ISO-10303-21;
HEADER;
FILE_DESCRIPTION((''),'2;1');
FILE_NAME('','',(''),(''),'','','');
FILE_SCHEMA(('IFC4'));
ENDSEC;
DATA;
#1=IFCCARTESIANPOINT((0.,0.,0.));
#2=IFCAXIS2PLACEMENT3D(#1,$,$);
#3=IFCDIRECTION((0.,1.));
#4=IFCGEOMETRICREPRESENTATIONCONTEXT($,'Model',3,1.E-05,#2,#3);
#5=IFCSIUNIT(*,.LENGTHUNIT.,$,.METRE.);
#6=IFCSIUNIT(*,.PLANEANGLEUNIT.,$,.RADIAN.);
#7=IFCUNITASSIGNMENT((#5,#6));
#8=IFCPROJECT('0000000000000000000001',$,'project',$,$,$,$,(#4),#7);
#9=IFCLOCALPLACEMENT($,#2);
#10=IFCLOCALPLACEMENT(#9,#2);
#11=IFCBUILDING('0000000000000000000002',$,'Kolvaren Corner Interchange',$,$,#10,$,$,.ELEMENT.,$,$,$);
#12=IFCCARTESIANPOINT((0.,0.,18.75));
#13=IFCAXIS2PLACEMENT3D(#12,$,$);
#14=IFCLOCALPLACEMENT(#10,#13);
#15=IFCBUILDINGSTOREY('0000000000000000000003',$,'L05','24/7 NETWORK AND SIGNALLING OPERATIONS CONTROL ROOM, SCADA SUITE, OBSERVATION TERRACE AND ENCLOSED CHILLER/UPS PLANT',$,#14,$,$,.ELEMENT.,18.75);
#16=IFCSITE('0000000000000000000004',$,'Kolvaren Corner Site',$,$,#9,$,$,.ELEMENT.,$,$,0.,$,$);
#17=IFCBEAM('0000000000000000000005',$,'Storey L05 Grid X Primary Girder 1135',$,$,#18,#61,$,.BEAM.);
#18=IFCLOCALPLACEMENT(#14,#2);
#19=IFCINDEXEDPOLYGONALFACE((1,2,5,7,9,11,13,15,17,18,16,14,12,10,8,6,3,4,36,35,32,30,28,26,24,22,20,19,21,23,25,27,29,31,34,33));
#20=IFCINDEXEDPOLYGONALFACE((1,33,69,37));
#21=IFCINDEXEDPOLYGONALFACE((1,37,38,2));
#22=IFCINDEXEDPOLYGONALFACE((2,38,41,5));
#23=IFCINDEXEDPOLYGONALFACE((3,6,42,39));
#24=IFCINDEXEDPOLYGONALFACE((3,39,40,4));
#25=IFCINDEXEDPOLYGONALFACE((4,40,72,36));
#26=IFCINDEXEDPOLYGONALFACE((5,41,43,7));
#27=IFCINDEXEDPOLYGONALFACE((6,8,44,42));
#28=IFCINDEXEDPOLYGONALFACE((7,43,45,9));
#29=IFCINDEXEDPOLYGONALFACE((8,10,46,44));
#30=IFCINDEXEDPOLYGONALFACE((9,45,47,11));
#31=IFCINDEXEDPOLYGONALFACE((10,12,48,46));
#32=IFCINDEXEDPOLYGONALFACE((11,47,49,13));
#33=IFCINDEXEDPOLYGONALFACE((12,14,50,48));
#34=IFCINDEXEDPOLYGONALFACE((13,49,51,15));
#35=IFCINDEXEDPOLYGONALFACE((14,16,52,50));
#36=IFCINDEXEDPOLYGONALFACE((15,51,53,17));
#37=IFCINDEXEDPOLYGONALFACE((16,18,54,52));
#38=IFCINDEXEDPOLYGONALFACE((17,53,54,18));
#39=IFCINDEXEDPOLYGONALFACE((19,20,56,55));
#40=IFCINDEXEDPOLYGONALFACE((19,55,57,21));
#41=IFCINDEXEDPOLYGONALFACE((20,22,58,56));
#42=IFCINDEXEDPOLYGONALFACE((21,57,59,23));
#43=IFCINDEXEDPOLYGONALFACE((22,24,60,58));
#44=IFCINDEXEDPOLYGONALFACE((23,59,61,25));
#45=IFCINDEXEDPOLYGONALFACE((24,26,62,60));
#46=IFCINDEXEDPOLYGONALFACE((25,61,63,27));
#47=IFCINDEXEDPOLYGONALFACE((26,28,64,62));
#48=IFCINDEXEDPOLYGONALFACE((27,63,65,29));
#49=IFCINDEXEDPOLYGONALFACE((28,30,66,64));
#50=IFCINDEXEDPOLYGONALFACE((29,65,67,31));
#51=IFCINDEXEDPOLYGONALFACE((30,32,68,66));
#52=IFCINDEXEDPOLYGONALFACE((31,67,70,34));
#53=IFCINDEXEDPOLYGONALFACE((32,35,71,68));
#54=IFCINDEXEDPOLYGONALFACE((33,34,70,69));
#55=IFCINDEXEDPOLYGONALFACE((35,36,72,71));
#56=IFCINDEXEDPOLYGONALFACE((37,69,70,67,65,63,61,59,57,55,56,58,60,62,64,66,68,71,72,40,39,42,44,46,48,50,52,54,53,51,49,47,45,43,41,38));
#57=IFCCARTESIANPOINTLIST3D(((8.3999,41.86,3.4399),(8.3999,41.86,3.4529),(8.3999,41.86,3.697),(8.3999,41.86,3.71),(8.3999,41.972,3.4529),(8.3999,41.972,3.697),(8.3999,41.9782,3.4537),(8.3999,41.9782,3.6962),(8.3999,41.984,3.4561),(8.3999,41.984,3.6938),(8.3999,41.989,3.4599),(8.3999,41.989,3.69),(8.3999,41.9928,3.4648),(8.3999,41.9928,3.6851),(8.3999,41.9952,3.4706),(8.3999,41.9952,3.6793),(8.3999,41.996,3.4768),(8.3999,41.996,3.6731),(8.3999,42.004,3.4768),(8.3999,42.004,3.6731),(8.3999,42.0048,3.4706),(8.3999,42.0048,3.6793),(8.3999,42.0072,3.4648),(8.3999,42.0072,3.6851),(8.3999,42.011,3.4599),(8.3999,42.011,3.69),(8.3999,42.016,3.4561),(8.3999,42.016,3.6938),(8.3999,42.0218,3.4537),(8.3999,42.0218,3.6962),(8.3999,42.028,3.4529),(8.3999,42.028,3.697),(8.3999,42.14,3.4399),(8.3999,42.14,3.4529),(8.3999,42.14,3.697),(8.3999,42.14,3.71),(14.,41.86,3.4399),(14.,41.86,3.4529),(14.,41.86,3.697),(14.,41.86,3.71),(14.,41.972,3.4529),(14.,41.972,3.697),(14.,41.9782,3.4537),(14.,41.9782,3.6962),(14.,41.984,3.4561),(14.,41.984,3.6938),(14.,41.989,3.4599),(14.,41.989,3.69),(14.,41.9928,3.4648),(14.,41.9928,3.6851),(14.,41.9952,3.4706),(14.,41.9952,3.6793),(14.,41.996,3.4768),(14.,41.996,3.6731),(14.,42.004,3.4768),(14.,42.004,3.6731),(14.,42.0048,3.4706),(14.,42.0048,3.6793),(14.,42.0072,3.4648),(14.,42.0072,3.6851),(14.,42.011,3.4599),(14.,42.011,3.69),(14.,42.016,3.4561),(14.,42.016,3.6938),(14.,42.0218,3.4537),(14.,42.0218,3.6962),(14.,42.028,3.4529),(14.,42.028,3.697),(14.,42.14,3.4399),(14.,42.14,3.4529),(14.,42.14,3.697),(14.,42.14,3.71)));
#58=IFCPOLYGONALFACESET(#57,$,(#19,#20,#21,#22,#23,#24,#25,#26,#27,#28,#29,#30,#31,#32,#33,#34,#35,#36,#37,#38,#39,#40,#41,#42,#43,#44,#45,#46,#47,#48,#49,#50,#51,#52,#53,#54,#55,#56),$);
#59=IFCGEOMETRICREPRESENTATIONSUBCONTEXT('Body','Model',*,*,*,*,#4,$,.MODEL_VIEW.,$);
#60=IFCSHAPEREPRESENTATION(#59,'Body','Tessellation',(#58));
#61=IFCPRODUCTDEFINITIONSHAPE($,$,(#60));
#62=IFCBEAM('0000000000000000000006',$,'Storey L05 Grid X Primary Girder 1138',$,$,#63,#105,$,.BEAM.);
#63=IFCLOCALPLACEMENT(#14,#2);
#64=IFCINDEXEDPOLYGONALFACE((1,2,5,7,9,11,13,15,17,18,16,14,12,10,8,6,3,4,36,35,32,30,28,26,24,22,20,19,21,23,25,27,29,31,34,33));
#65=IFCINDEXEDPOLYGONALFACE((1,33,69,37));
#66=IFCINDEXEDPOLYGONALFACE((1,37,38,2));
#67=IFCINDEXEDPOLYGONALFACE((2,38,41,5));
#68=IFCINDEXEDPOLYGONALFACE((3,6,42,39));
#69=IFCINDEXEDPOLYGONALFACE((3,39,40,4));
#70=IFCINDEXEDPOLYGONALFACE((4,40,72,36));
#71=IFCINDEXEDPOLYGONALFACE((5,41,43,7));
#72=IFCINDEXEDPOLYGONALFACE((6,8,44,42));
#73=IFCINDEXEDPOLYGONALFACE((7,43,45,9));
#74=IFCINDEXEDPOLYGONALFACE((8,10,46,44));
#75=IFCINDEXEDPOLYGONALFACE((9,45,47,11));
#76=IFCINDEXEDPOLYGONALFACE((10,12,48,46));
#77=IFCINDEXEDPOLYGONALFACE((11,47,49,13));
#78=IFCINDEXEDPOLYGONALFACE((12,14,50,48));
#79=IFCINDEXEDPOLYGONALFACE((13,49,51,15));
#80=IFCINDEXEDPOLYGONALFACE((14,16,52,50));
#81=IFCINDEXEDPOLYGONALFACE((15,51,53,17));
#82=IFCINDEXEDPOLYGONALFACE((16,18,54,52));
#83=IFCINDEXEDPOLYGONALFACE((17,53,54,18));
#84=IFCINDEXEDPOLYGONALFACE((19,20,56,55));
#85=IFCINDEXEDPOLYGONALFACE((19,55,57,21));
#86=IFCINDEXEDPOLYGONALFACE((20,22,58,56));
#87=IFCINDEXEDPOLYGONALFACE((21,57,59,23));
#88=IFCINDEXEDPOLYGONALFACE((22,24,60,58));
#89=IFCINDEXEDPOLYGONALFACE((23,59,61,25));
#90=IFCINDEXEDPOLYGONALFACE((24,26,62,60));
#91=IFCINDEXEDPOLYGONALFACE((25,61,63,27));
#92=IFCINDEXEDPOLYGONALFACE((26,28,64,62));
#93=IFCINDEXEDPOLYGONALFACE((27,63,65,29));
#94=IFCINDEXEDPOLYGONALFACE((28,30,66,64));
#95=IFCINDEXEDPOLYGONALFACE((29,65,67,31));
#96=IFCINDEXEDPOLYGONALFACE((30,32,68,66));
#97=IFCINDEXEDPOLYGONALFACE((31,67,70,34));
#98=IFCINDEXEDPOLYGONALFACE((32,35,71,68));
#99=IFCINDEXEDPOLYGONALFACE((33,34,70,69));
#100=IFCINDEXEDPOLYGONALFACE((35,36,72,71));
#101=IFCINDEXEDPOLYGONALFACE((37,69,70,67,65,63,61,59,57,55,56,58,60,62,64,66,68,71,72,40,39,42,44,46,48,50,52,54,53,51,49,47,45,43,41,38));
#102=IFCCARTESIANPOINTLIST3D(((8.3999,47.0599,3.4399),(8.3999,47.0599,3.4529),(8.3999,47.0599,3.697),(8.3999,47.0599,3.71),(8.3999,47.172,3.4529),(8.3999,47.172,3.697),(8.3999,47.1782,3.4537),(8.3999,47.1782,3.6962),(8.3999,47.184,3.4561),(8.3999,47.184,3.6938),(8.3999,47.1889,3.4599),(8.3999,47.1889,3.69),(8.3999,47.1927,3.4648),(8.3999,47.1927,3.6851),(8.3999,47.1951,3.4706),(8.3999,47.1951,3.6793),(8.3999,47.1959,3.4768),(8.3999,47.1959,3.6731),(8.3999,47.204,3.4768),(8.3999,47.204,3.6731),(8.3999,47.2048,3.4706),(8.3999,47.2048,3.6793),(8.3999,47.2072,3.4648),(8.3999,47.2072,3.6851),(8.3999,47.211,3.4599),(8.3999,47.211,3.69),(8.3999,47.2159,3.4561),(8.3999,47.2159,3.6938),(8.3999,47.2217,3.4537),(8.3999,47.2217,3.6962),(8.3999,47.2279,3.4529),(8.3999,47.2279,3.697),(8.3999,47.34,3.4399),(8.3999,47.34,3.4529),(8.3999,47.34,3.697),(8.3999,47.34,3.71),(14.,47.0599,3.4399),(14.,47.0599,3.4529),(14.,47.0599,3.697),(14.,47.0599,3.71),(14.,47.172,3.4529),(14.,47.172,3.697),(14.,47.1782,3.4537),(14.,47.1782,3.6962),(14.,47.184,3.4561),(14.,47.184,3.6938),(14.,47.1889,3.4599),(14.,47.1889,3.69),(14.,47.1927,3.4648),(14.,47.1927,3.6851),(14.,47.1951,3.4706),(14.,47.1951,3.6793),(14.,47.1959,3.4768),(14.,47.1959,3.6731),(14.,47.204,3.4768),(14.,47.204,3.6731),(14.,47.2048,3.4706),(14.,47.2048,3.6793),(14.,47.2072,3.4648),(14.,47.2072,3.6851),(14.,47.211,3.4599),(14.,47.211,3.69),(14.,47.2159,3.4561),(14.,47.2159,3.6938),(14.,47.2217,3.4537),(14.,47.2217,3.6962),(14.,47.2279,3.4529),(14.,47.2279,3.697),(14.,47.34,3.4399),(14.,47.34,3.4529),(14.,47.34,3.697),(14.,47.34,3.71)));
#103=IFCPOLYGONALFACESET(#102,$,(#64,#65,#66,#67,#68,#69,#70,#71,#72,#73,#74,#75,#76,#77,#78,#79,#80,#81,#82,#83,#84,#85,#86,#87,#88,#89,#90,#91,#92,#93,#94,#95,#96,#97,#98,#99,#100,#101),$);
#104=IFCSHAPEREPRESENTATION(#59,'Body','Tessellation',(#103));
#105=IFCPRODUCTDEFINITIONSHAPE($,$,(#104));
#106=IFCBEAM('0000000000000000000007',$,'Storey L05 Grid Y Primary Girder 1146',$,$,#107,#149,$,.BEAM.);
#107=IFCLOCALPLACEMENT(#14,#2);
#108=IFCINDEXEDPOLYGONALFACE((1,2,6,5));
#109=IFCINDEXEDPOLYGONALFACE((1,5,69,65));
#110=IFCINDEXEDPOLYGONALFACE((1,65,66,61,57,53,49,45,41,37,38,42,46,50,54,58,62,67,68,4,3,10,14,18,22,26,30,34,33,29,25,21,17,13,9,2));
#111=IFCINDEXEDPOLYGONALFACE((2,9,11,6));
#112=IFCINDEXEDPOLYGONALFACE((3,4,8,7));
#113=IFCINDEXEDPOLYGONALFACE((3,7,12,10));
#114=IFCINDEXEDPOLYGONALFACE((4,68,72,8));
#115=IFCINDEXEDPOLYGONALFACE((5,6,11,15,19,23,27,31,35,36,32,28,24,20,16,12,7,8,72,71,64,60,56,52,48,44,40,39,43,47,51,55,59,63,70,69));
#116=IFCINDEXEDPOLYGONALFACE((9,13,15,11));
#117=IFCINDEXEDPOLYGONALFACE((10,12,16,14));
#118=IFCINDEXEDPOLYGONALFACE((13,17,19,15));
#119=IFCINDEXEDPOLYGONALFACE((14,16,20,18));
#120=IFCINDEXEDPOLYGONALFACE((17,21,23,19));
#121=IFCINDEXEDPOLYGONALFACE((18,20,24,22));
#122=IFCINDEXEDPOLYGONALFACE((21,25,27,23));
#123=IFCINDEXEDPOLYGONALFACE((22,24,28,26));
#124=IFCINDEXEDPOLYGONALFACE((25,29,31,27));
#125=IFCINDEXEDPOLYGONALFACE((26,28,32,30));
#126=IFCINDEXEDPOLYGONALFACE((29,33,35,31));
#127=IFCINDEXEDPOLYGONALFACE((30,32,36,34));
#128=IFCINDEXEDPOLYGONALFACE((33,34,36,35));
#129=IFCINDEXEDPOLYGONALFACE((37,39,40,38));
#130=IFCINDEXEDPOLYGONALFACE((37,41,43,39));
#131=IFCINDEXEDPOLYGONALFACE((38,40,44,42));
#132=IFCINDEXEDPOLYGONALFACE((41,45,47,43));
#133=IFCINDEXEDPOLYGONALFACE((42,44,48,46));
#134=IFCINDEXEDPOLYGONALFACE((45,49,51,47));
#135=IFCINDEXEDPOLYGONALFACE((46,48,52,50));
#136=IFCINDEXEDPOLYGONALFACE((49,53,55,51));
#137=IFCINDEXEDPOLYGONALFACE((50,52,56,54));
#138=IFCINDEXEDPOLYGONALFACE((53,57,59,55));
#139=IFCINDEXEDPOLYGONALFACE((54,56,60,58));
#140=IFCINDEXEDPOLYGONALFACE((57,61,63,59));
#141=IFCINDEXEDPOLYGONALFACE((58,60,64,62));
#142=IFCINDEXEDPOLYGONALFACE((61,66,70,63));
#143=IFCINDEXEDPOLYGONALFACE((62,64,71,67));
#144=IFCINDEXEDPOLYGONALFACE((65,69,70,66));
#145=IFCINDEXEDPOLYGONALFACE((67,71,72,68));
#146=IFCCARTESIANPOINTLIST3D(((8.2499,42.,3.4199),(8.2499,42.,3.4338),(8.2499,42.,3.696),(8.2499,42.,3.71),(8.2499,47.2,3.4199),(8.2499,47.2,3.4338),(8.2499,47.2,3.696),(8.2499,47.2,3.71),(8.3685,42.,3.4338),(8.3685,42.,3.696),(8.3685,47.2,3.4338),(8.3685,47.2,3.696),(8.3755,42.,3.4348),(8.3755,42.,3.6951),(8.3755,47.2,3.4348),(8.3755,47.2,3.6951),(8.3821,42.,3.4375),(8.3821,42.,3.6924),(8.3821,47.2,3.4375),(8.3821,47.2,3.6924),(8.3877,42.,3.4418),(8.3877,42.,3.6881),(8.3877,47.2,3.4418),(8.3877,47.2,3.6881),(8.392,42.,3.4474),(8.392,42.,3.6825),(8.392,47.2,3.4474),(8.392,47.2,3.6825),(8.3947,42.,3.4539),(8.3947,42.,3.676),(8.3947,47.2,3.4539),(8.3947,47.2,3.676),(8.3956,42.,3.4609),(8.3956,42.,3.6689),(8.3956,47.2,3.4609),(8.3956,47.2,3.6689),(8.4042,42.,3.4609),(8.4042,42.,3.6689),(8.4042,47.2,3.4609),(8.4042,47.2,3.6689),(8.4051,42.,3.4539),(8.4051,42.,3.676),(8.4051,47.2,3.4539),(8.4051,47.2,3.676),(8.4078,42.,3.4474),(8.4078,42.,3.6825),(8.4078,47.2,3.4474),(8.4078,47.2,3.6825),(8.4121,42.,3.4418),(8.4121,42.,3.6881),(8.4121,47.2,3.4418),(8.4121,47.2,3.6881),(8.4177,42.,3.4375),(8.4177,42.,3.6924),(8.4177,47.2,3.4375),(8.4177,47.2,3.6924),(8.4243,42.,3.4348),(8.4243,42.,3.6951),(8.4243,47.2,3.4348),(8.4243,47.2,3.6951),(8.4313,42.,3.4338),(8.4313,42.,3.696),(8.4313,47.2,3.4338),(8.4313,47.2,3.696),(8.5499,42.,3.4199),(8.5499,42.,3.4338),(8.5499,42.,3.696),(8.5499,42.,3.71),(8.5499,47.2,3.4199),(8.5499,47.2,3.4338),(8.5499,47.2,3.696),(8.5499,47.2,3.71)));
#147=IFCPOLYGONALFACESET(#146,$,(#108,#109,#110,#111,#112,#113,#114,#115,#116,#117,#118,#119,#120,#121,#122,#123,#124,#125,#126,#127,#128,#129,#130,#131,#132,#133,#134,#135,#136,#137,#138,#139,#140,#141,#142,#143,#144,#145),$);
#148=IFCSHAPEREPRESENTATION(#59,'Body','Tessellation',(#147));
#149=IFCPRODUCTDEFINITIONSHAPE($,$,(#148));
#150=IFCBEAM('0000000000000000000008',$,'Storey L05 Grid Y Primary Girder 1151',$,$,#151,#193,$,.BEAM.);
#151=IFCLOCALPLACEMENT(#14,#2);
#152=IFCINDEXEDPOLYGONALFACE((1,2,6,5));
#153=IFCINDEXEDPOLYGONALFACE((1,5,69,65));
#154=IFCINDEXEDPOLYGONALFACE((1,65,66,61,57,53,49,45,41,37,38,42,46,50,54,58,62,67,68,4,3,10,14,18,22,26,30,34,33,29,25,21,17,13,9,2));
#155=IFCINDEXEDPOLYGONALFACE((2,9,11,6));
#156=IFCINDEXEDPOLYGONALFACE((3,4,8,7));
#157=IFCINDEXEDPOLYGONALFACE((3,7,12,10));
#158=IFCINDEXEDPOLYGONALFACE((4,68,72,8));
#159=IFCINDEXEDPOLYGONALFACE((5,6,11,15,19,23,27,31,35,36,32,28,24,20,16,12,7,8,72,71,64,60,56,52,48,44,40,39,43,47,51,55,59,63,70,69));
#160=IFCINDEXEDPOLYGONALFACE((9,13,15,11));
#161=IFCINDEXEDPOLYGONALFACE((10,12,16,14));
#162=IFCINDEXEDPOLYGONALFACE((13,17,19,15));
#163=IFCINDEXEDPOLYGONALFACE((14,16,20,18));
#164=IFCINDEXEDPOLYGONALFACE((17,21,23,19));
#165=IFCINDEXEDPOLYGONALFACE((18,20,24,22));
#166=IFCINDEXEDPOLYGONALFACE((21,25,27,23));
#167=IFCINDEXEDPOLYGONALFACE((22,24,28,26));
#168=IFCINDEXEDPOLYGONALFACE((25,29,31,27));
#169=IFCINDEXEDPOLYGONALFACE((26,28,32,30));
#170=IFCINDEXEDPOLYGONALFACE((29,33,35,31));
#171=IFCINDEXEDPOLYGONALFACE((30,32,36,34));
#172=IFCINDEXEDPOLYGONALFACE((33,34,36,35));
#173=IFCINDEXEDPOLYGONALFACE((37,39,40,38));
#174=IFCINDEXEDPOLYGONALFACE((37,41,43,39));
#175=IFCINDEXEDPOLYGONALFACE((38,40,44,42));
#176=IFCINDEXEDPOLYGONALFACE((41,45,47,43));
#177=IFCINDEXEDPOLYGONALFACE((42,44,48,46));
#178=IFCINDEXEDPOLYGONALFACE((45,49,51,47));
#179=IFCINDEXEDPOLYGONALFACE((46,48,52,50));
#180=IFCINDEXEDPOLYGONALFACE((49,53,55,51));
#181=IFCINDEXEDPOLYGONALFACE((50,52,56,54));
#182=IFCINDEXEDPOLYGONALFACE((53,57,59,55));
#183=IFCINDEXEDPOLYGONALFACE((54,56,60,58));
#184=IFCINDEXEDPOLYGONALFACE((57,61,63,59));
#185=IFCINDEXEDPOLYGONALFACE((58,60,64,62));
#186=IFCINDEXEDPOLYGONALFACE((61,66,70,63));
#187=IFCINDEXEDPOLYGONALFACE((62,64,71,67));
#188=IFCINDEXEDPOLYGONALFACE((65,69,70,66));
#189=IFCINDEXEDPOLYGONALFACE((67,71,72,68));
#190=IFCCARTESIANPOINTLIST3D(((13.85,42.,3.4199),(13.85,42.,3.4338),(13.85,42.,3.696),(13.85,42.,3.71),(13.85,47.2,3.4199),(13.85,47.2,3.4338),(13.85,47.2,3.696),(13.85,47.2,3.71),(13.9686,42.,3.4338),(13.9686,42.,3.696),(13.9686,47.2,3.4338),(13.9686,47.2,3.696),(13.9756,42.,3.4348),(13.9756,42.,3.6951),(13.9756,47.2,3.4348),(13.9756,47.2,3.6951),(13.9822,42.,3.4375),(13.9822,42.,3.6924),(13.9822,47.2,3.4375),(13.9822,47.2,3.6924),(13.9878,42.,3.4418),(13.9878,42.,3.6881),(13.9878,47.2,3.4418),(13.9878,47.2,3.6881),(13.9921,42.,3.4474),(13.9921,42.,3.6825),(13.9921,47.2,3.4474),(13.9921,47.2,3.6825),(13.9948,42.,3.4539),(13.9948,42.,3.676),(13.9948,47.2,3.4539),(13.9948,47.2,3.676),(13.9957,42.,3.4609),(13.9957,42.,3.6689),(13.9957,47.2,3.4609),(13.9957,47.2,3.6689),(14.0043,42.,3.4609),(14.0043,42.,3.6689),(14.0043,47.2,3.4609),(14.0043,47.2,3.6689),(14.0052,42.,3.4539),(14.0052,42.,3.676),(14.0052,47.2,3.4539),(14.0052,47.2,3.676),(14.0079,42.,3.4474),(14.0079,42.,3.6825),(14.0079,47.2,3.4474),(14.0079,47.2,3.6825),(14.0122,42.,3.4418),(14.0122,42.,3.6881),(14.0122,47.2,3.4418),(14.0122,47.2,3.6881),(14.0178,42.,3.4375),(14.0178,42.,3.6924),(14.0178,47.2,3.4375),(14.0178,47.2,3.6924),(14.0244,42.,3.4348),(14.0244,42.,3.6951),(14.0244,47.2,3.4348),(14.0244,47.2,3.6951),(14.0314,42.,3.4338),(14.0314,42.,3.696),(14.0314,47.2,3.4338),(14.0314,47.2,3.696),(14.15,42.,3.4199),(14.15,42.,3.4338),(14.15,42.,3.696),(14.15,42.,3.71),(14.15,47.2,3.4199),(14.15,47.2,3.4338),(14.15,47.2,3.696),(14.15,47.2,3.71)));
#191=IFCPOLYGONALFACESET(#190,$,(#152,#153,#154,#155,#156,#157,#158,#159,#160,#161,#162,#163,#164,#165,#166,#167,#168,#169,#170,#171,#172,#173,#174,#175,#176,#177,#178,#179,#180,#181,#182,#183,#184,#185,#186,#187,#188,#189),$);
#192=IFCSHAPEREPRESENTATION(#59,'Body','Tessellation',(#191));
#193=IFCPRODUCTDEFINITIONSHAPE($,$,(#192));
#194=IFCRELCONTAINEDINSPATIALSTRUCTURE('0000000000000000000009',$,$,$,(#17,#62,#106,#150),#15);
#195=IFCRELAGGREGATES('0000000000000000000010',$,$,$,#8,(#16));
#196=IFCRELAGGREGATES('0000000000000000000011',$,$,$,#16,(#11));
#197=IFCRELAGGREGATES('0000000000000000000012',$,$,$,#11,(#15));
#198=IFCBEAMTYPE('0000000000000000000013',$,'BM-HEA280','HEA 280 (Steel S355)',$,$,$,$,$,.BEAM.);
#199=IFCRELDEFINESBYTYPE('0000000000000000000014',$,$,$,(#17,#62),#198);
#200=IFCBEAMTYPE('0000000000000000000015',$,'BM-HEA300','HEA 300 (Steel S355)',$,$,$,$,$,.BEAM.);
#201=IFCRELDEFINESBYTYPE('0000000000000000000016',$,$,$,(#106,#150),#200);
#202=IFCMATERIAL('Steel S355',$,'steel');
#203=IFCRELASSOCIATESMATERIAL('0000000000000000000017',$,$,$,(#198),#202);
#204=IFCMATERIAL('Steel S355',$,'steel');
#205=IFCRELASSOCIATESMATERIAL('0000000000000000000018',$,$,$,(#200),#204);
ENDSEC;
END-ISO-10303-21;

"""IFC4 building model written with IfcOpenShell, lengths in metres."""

from ifc_helpers import new_model, si_unit, direction, frame, origin, origin_2d, place, context, subcontext, project, spatial, i_section, extrude, material, material_profile, profile_set, type_object, element, save


model = new_model("IFC4")

# Units and contexts
model_context = context("Model", 3, precision=1e-05, world=origin(), true_north=direction((0.0, 1.0)))
body_context = subcontext(model_context, "Body", "Model", "MODEL_VIEW")
ifc_project = project(units=[si_unit("LENGTHUNIT", "METRE"), si_unit("PLANEANGLEUNIT", "RADIAN")], contexts=[model_context])

# Site, building, storey
site_placement = place(None, origin())
site = spatial("IfcSite", under=ifc_project, at=site_placement, Name="Kolvaren Corner Site", CompositionType="ELEMENT", RefElevation=0.0)
building_placement = place(site_placement, origin())
building = spatial("IfcBuilding", under=site, at=building_placement, Name="Kolvaren Corner Interchange", CompositionType="ELEMENT")
storey_placement = place(building_placement, frame((0.0, 0.0, 18.75)))
storey = spatial("IfcBuildingStorey", under=building, at=storey_placement, Name="L05", Description="24/7 NETWORK AND SIGNALLING OPERATIONS CONTROL ROOM, SCADA SUITE, OBSERVATION TERRACE AND ENCLOSED CHILLER/UPS PLANT", CompositionType="ELEMENT", Elevation=18.75)

# Beams
ifc_material_1 = material(Name="Steel S355", Category="steel")
ifc_material_profile_1 = material_profile(ifc_material_1, i_section(OverallWidth=0.28, OverallDepth=0.27, WebThickness=0.0081, FlangeThickness=0.0129, FilletRadius=0.0239, at=origin_2d()), Name="HEA 280")
ifc_profile_set_1 = profile_set([ifc_material_profile_1], Name="Steel S355")
beam_type_1 = type_object("IfcBeamType", Name="BM-HEA280", Description="HEA 280 (Steel S355)", PredefinedType="BEAM", material=ifc_profile_set_1)
for number, where, z_axis, x_axis, name in (
    (1, (8.3999, 42.0, 3.575), (1.0, 0.0, 0.0), (0.0, 1.0, 0.0), "Storey L05 Grid X Primary Girder 1135"),
    (2, (8.3999, 47.2, 3.575), (1.0, 0.0, 0.0), (0.0, 1.0, 0.0), "Storey L05 Grid X Primary Girder 1138"),
):
    element("IfcBeam", number, at=place(storey_placement, frame(where, z_axis=z_axis, x_axis=x_axis)), inside=storey, type_object=beam_type_1, Name=name, PredefinedType="BEAM", context=body_context, shape_type="SweptSolid", body=[
        extrude(i_section(OverallWidth=0.28, OverallDepth=0.27, WebThickness=0.0081, FlangeThickness=0.0129, FilletRadius=0.0239, at=origin_2d()), origin(), (0.0, 0.0, 1.0), 5.6001),
    ])
ifc_material_2 = material(Name="Steel S355", Category="steel")
ifc_material_profile_2 = material_profile(ifc_material_2, i_section(OverallWidth=0.3, OverallDepth=0.29, WebThickness=0.0085, FlangeThickness=0.0139, FilletRadius=0.0271, at=origin_2d()), Name="HEA 300")
ifc_profile_set_2 = profile_set([ifc_material_profile_2], Name="Steel S355")
beam_type_2 = type_object("IfcBeamType", Name="BM-HEA300", Description="HEA 300 (Steel S355)", PredefinedType="BEAM", material=ifc_profile_set_2)
for number, where, z_axis, x_axis, name in (
    (3, (8.3999, 42.0, 3.5649), (0.0, 1.0, 0.0), (-1.0, 0.0, 0.0), "Storey L05 Grid Y Primary Girder 1146"),
    (4, (14.0, 42.0, 3.5649), (0.0, 1.0, 0.0), (-1.0, 0.0, 0.0), "Storey L05 Grid Y Primary Girder 1151"),
):
    element("IfcBeam", number, at=place(storey_placement, frame(where, z_axis=z_axis, x_axis=x_axis)), inside=storey, type_object=beam_type_2, Name=name, PredefinedType="BEAM", context=body_context, shape_type="SweptSolid", body=[
        extrude(i_section(OverallWidth=0.3, OverallDepth=0.29, WebThickness=0.0085, FlangeThickness=0.0139, FilletRadius=0.0271, at=origin_2d()), origin(), (0.0, 0.0, 1.0), 5.2),
    ])

save(model, "model.ifc")
